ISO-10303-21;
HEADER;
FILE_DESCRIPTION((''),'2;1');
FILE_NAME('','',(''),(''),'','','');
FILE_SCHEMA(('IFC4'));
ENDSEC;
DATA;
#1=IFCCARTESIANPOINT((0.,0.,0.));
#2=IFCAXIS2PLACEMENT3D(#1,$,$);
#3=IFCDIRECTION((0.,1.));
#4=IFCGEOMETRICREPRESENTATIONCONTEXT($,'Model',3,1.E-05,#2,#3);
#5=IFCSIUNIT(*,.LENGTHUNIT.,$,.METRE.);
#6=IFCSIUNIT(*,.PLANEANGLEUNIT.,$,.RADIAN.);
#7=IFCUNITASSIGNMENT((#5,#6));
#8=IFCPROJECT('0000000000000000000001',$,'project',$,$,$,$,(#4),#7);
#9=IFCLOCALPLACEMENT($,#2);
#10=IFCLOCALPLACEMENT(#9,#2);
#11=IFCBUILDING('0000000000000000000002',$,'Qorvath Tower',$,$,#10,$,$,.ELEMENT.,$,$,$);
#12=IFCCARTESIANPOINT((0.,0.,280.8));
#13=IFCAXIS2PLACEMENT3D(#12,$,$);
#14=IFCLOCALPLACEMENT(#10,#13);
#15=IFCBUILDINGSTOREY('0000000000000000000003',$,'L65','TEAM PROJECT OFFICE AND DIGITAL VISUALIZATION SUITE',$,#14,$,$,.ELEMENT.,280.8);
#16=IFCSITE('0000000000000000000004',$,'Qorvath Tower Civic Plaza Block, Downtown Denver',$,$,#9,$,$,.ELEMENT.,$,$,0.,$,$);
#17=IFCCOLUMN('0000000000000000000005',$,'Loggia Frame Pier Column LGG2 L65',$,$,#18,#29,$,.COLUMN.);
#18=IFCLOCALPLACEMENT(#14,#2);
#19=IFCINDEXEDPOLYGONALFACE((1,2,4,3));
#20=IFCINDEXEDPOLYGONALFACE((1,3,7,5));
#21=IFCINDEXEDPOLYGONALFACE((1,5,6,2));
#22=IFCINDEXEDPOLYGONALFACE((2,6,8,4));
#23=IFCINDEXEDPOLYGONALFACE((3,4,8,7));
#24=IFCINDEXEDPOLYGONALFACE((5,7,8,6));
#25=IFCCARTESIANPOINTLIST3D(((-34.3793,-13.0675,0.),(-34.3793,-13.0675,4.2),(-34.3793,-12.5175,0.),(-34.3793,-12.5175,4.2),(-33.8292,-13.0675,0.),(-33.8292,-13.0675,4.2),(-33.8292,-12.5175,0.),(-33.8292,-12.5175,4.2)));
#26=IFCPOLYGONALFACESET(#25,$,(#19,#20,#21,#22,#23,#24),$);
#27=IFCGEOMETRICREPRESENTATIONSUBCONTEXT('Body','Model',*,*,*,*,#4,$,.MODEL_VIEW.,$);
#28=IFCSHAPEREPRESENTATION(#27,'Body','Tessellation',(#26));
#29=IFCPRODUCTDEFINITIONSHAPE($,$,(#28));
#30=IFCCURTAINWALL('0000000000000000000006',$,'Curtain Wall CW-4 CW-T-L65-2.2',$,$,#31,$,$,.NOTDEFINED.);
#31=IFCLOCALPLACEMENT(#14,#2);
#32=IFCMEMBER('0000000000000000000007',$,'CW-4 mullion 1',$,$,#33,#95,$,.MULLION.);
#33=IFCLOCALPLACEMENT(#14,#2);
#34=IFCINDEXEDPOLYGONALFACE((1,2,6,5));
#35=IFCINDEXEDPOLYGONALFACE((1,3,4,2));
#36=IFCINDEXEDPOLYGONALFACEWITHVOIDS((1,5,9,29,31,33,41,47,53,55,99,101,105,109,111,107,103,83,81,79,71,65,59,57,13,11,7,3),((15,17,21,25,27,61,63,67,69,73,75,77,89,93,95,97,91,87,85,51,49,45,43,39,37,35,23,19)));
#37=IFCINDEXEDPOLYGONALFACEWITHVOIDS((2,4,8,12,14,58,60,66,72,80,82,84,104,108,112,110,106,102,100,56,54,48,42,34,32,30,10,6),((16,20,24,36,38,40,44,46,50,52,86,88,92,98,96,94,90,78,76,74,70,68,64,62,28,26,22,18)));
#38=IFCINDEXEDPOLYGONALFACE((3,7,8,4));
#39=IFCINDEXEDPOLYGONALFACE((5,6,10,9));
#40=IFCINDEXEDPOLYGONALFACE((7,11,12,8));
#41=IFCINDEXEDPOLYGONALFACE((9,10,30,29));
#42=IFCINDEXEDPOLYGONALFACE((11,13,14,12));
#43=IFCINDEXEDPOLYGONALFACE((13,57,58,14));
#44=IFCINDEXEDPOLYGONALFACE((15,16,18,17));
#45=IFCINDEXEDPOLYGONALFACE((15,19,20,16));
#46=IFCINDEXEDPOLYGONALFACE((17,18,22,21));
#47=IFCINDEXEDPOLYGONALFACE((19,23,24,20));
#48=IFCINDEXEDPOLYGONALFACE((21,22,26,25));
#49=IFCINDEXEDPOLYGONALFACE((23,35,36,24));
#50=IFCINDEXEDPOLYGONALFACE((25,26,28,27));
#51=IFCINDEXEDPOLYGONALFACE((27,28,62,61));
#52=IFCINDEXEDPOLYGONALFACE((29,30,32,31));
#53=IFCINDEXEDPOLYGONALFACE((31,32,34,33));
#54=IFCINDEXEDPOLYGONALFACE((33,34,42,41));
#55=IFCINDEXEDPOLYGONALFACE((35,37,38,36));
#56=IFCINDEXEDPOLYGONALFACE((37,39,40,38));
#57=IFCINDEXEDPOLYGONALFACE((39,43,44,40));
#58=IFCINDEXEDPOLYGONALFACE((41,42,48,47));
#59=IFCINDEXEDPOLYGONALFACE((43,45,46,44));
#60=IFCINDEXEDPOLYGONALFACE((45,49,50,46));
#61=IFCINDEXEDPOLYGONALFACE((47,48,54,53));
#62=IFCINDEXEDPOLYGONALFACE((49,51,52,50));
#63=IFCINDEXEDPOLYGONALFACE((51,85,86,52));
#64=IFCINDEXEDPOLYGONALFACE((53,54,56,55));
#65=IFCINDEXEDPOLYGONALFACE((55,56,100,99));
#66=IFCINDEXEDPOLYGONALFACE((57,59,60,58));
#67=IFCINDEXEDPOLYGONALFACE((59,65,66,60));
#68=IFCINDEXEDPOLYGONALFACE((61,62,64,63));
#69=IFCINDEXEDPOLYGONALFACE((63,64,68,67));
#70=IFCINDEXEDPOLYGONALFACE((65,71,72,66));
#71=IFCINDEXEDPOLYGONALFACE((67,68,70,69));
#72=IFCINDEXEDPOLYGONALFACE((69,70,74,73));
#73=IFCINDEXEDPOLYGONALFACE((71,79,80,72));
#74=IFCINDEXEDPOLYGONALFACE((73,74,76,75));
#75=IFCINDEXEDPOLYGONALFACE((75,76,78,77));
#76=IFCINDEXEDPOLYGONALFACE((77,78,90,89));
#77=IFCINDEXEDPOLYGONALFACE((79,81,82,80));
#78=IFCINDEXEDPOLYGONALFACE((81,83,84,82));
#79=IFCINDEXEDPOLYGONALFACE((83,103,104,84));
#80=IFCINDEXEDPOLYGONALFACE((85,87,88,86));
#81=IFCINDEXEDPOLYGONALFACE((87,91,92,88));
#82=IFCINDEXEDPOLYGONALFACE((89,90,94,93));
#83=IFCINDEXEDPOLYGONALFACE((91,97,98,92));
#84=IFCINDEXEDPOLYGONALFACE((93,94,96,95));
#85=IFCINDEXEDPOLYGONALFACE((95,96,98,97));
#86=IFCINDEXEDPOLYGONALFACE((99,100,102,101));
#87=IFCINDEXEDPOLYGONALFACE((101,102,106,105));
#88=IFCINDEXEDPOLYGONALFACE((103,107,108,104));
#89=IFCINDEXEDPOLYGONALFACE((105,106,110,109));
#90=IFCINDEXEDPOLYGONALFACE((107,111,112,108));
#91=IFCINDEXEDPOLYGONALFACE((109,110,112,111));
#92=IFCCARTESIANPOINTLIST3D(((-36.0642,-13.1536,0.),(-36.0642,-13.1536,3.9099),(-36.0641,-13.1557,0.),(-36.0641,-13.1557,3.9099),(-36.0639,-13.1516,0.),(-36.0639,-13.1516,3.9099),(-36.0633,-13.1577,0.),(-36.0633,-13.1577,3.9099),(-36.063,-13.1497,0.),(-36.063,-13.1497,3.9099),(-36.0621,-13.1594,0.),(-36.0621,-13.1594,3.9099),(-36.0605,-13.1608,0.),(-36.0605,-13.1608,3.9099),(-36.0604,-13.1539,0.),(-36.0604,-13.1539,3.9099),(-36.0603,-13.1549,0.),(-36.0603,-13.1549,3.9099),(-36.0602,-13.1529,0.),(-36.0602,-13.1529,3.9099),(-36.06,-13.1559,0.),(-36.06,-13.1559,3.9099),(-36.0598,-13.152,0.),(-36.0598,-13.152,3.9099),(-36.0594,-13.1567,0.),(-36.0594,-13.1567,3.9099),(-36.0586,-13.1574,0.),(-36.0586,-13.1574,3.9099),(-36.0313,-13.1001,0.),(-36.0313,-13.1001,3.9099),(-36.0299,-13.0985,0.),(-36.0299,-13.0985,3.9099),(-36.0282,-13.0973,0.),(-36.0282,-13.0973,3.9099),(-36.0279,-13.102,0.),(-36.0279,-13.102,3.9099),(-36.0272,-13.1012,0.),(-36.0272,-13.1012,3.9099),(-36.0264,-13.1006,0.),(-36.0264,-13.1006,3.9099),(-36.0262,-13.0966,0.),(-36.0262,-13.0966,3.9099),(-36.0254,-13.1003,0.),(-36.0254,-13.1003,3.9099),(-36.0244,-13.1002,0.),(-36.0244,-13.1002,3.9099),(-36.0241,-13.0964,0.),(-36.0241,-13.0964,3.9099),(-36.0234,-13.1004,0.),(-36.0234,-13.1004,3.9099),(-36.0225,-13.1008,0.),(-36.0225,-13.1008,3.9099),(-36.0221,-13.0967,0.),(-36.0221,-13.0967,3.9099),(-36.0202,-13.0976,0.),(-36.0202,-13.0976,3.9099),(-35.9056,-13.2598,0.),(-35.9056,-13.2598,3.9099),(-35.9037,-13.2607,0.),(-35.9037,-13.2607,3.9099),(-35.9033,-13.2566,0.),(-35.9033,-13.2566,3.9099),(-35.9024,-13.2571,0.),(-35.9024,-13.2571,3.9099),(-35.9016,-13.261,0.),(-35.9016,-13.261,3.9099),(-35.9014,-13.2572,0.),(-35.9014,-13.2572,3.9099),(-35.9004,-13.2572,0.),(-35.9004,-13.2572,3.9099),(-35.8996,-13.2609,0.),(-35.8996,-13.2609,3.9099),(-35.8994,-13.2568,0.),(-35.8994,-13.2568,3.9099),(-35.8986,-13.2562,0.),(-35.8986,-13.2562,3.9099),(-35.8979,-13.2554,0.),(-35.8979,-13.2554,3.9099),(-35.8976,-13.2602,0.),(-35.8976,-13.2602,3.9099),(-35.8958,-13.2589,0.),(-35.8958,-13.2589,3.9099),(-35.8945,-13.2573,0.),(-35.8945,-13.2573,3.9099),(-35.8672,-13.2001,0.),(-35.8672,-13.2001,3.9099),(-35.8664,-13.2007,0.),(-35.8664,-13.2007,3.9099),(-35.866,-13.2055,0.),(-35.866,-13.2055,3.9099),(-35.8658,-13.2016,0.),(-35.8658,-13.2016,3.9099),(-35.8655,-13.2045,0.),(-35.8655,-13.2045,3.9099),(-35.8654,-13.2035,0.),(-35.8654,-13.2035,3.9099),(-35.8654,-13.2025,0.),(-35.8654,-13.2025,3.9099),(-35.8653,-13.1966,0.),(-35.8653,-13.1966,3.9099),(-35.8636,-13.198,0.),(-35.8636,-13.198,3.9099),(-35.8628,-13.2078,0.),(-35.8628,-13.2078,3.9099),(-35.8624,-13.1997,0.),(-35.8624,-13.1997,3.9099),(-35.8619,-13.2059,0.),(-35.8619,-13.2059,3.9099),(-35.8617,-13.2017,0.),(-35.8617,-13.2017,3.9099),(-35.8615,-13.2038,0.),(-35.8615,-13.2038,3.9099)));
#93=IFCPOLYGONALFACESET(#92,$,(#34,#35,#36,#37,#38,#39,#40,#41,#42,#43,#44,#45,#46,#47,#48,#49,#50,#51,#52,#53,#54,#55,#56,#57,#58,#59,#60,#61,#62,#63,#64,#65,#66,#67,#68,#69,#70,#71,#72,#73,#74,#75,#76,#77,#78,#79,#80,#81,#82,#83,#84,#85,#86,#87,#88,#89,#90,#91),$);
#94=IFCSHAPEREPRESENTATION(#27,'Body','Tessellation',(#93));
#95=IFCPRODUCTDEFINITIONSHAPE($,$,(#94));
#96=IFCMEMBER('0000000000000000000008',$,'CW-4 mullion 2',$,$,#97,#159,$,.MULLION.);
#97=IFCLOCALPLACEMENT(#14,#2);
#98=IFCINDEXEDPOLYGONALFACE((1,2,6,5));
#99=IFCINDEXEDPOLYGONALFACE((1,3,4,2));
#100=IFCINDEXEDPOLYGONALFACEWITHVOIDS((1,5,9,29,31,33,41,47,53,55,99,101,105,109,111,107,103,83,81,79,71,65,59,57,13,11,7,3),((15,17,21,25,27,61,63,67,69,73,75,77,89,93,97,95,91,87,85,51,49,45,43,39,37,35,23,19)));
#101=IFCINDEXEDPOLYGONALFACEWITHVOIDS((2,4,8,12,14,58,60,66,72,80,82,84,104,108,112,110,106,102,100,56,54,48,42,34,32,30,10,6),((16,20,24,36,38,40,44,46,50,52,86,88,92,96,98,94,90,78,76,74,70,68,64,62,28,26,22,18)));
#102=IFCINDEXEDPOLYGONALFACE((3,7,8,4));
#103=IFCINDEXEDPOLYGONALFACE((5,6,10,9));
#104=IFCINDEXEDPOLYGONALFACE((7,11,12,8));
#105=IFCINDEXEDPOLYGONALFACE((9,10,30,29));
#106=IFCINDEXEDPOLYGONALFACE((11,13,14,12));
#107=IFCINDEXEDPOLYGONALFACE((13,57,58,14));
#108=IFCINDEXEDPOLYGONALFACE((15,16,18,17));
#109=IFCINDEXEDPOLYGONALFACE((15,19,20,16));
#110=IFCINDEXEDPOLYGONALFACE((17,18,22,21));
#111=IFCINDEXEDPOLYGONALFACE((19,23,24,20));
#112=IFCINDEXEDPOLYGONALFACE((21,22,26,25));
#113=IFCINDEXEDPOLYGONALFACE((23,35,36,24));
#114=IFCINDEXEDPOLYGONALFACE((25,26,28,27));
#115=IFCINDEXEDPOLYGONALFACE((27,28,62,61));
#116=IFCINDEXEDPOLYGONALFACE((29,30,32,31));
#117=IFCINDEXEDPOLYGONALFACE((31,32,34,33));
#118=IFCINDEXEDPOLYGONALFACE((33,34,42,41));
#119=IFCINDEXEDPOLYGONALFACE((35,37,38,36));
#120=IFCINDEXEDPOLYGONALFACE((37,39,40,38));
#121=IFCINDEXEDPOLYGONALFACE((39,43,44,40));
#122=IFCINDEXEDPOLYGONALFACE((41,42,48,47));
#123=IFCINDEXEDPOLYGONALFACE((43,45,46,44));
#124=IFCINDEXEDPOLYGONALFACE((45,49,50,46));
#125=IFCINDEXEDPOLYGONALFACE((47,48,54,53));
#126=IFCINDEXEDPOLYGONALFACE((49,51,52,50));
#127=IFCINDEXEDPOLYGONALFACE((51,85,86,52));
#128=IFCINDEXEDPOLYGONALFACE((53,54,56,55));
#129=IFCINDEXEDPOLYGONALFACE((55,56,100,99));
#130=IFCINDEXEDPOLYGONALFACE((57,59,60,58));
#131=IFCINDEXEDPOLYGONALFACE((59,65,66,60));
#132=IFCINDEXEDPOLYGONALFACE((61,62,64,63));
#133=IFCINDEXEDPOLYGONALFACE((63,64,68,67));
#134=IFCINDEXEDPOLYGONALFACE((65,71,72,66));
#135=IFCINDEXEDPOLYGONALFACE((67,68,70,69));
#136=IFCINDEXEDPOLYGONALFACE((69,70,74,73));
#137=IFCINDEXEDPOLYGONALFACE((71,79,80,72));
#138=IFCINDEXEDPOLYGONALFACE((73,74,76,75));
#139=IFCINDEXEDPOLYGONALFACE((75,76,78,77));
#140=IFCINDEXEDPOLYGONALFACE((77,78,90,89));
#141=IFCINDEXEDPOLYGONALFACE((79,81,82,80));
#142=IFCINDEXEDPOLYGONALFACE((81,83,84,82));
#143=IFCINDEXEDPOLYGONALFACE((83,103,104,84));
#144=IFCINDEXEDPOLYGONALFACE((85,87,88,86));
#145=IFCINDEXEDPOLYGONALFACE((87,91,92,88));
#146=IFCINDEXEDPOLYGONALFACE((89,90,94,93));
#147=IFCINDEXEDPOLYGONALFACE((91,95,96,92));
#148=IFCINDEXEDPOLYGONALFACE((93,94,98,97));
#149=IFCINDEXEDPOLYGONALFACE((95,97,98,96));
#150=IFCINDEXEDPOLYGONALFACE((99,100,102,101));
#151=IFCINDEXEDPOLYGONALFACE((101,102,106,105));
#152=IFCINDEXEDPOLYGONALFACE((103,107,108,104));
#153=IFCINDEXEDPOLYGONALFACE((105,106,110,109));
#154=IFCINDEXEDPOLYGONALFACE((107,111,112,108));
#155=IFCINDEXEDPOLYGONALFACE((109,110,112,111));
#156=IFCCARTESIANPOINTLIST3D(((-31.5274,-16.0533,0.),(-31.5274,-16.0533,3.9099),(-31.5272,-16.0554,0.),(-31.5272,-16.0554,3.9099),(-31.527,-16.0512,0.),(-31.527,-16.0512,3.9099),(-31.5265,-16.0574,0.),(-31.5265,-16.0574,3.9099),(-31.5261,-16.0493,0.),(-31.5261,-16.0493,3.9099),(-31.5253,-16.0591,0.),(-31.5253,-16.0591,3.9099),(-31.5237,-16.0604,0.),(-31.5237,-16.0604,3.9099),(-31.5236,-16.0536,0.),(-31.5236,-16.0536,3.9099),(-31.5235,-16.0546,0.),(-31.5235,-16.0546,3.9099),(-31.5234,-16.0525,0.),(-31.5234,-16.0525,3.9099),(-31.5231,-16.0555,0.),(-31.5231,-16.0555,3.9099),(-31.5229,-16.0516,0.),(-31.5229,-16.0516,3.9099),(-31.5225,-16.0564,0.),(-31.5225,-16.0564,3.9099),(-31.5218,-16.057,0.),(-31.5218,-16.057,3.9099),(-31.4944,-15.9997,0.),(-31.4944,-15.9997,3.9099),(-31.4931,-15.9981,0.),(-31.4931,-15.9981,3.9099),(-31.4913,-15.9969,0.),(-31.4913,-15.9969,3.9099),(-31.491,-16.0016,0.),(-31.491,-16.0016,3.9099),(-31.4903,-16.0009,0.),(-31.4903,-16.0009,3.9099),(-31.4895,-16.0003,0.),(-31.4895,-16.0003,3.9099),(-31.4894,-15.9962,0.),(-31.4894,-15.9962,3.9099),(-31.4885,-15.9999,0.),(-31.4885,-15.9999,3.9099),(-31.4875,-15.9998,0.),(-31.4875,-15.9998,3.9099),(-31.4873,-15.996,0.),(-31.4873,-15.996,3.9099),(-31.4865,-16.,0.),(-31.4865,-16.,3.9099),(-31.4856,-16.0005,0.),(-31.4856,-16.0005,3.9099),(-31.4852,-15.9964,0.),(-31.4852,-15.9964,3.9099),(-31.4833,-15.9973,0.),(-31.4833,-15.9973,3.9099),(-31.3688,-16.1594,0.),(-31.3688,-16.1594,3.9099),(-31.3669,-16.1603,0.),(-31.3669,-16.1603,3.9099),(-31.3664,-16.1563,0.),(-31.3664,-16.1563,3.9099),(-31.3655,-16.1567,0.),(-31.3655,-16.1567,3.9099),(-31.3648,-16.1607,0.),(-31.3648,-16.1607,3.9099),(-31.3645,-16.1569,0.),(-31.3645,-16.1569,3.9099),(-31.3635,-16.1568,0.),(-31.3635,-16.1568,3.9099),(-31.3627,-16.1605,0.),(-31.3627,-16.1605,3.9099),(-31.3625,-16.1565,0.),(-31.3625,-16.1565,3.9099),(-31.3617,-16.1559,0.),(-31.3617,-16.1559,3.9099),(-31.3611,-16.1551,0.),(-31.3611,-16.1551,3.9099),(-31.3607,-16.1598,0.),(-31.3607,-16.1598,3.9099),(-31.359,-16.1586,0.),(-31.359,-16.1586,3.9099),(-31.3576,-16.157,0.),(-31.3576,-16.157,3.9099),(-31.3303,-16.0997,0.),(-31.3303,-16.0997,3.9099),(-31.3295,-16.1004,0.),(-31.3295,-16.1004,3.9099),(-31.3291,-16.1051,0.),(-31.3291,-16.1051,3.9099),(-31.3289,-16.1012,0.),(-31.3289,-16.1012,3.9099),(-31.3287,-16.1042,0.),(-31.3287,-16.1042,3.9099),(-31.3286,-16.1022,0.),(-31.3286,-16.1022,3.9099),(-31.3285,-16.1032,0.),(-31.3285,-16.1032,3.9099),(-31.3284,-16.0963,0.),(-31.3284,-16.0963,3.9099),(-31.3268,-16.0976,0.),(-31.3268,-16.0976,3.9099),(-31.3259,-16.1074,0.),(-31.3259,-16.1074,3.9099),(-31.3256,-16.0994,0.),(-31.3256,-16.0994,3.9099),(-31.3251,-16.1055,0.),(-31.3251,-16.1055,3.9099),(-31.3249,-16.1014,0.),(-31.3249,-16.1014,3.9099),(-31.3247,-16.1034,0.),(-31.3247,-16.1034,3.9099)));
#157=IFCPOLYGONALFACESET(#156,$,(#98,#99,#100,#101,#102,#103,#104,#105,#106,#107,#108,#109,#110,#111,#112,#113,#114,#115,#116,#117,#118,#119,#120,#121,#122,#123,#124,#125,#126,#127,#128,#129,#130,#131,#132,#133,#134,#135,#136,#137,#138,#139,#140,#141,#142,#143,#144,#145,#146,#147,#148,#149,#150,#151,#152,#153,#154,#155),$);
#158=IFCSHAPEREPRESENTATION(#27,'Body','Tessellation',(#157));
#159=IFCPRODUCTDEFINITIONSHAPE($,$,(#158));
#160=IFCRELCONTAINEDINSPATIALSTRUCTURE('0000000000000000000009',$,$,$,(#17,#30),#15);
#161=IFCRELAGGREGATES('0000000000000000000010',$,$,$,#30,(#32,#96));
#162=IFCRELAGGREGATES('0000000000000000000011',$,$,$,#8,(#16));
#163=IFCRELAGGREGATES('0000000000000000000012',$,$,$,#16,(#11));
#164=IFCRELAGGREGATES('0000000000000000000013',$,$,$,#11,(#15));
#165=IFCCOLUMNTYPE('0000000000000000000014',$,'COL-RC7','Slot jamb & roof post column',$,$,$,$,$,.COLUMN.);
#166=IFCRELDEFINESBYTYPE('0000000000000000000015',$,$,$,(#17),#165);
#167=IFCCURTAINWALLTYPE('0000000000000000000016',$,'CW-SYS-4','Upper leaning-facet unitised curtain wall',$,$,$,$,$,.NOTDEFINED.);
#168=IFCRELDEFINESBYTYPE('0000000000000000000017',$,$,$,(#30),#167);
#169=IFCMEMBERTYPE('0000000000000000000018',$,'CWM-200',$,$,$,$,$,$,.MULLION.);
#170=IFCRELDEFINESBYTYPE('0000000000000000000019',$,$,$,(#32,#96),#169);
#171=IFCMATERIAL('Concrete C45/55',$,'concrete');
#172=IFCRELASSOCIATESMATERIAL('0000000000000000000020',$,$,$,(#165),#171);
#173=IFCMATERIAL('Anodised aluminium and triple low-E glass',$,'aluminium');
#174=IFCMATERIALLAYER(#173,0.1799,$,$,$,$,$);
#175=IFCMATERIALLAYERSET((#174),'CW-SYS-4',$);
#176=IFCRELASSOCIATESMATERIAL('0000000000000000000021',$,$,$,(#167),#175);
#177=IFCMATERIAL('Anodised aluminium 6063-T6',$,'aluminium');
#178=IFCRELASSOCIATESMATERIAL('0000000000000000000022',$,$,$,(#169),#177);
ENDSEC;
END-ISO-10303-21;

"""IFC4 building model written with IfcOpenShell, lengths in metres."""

from ifc_helpers import new_model, si_unit, direction, frame, origin, origin_2d, place, context, subcontext, project, spatial, rectangle, hollow_rectangle, extrude, material, layer, layer_set, material_profile, profile_set, type_object, element, aggregate, save


model = new_model("IFC4")

# Units and contexts
model_context = context("Model", 3, precision=1e-05, world=origin(), true_north=direction((0.0, 1.0)))
body_context = subcontext(model_context, "Body", "Model", "MODEL_VIEW")
ifc_project = project(units=[si_unit("LENGTHUNIT", "METRE"), si_unit("PLANEANGLEUNIT", "RADIAN")], contexts=[model_context])

# Site, building, storey
site_placement = place(None, origin())
site = spatial("IfcSite", under=ifc_project, at=site_placement, Name="Qorvath Tower Civic Plaza Block, Downtown Denver", CompositionType="ELEMENT", RefElevation=0.0)
building_placement = place(site_placement, origin())
building = spatial("IfcBuilding", under=site, at=building_placement, Name="Qorvath Tower", CompositionType="ELEMENT")
storey_placement = place(building_placement, frame((0.0, 0.0, 280.8)))
storey = spatial("IfcBuildingStorey", under=building, at=storey_placement, Name="L65", Description="TEAM PROJECT OFFICE AND DIGITAL VISUALIZATION SUITE", CompositionType="ELEMENT", Elevation=280.8)

# Column
ifc_material_1 = material(Name="Concrete C45/55", Category="concrete")
ifc_material_profile_1 = material_profile(ifc_material_1, rectangle(XDim=0.55, YDim=0.55, at=origin_2d()), Name="RC 550x550")
ifc_profile_set_1 = profile_set([ifc_material_profile_1], Name="Concrete C45/55")
column_type = type_object("IfcColumnType", Name="COL-RC7", Description="Slot jamb & roof post column", PredefinedType="COLUMN", material=ifc_profile_set_1)
column_placement = place(storey_placement, frame((-34.1042, -12.7925, 0.0), z_axis=(0.0, 0.0, 1.0), x_axis=(1.0, 0.0, 0.0)))
element("IfcColumn", 1, at=column_placement, inside=storey, type_object=column_type, Name="Loggia Frame Pier Column LGG2 L65", PredefinedType="COLUMN", context=body_context, shape_type="SweptSolid", body=[
    extrude(rectangle(XDim=0.55, YDim=0.55, at=origin_2d()), origin(), (0.0, 0.0, 1.0), 4.2),
])

# Curtain wall, members
ifc_material_2 = material(Name="Anodised aluminium and triple low-E glass", Category="aluminium")
ifc_layer_1 = layer(ifc_material_2, 0.1799)
ifc_layer_set_1 = layer_set([ifc_layer_1], Name="CW-SYS-4")
curtain_wall_type = type_object("IfcCurtainWallType", Name="CW-SYS-4", Description="Upper leaning-facet unitised curtain wall", PredefinedType="NOTDEFINED", material=ifc_layer_set_1)
curtain_wall_placement = place(storey_placement, origin())
curtain_wall = element("IfcCurtainWall", 2, at=curtain_wall_placement, inside=storey, type_object=curtain_wall_type, Name="Curtain Wall CW-4 CW-T-L65-2.2", PredefinedType="NOTDEFINED")
ifc_material_3 = material(Name="Anodised aluminium 6063-T6", Category="aluminium")
ifc_material_profile_2 = material_profile(ifc_material_3, hollow_rectangle(XDim=0.075, YDim=0.2, WallThickness=0.0039, InnerFilletRadius=0.0039, OuterFilletRadius=0.0081, at=origin_2d()), Name="CWM 200x75")
ifc_profile_set_2 = profile_set([ifc_material_profile_2], Name="Anodised aluminium 6063-T6")
member_type_1 = type_object("IfcMemberType", Name="CWM-200", PredefinedType="MULLION", material=ifc_profile_set_2)
member_1_placement = place(storey_placement, frame((-35.9629, -13.1787, 0.0), z_axis=(0.0, 0.0, 1.0), x_axis=(0.538537, 0.842602, 0.0)))
member_1 = element("IfcMember", 3, at=member_1_placement, type_object=member_type_1, Name="CW-4 mullion 1", PredefinedType="MULLION", context=body_context, shape_type="SweptSolid", body=[
    extrude(hollow_rectangle(XDim=0.075, YDim=0.2, WallThickness=0.0039, InnerFilletRadius=0.0039, OuterFilletRadius=0.0081, at=origin_2d()), origin(), (0.0, 0.0, 1.0), 3.9099),
])
member_2_placement = place(storey_placement, frame((-31.426, -16.0784, 0.0), z_axis=(0.0, 0.0, 1.0), x_axis=(0.538537, 0.842602, 0.0)))
member_2 = element("IfcMember", 4, at=member_2_placement, type_object=member_type_1, Name="CW-4 mullion 2", PredefinedType="MULLION", context=body_context, shape_type="SweptSolid", body=[
    extrude(hollow_rectangle(XDim=0.075, YDim=0.2, WallThickness=0.0039, InnerFilletRadius=0.0039, OuterFilletRadius=0.0081, at=origin_2d()), origin(), (0.0, 0.0, 1.0), 3.9099),
])
aggregate(curtain_wall, [member_1, member_2])

save(model, "model.ifc")
